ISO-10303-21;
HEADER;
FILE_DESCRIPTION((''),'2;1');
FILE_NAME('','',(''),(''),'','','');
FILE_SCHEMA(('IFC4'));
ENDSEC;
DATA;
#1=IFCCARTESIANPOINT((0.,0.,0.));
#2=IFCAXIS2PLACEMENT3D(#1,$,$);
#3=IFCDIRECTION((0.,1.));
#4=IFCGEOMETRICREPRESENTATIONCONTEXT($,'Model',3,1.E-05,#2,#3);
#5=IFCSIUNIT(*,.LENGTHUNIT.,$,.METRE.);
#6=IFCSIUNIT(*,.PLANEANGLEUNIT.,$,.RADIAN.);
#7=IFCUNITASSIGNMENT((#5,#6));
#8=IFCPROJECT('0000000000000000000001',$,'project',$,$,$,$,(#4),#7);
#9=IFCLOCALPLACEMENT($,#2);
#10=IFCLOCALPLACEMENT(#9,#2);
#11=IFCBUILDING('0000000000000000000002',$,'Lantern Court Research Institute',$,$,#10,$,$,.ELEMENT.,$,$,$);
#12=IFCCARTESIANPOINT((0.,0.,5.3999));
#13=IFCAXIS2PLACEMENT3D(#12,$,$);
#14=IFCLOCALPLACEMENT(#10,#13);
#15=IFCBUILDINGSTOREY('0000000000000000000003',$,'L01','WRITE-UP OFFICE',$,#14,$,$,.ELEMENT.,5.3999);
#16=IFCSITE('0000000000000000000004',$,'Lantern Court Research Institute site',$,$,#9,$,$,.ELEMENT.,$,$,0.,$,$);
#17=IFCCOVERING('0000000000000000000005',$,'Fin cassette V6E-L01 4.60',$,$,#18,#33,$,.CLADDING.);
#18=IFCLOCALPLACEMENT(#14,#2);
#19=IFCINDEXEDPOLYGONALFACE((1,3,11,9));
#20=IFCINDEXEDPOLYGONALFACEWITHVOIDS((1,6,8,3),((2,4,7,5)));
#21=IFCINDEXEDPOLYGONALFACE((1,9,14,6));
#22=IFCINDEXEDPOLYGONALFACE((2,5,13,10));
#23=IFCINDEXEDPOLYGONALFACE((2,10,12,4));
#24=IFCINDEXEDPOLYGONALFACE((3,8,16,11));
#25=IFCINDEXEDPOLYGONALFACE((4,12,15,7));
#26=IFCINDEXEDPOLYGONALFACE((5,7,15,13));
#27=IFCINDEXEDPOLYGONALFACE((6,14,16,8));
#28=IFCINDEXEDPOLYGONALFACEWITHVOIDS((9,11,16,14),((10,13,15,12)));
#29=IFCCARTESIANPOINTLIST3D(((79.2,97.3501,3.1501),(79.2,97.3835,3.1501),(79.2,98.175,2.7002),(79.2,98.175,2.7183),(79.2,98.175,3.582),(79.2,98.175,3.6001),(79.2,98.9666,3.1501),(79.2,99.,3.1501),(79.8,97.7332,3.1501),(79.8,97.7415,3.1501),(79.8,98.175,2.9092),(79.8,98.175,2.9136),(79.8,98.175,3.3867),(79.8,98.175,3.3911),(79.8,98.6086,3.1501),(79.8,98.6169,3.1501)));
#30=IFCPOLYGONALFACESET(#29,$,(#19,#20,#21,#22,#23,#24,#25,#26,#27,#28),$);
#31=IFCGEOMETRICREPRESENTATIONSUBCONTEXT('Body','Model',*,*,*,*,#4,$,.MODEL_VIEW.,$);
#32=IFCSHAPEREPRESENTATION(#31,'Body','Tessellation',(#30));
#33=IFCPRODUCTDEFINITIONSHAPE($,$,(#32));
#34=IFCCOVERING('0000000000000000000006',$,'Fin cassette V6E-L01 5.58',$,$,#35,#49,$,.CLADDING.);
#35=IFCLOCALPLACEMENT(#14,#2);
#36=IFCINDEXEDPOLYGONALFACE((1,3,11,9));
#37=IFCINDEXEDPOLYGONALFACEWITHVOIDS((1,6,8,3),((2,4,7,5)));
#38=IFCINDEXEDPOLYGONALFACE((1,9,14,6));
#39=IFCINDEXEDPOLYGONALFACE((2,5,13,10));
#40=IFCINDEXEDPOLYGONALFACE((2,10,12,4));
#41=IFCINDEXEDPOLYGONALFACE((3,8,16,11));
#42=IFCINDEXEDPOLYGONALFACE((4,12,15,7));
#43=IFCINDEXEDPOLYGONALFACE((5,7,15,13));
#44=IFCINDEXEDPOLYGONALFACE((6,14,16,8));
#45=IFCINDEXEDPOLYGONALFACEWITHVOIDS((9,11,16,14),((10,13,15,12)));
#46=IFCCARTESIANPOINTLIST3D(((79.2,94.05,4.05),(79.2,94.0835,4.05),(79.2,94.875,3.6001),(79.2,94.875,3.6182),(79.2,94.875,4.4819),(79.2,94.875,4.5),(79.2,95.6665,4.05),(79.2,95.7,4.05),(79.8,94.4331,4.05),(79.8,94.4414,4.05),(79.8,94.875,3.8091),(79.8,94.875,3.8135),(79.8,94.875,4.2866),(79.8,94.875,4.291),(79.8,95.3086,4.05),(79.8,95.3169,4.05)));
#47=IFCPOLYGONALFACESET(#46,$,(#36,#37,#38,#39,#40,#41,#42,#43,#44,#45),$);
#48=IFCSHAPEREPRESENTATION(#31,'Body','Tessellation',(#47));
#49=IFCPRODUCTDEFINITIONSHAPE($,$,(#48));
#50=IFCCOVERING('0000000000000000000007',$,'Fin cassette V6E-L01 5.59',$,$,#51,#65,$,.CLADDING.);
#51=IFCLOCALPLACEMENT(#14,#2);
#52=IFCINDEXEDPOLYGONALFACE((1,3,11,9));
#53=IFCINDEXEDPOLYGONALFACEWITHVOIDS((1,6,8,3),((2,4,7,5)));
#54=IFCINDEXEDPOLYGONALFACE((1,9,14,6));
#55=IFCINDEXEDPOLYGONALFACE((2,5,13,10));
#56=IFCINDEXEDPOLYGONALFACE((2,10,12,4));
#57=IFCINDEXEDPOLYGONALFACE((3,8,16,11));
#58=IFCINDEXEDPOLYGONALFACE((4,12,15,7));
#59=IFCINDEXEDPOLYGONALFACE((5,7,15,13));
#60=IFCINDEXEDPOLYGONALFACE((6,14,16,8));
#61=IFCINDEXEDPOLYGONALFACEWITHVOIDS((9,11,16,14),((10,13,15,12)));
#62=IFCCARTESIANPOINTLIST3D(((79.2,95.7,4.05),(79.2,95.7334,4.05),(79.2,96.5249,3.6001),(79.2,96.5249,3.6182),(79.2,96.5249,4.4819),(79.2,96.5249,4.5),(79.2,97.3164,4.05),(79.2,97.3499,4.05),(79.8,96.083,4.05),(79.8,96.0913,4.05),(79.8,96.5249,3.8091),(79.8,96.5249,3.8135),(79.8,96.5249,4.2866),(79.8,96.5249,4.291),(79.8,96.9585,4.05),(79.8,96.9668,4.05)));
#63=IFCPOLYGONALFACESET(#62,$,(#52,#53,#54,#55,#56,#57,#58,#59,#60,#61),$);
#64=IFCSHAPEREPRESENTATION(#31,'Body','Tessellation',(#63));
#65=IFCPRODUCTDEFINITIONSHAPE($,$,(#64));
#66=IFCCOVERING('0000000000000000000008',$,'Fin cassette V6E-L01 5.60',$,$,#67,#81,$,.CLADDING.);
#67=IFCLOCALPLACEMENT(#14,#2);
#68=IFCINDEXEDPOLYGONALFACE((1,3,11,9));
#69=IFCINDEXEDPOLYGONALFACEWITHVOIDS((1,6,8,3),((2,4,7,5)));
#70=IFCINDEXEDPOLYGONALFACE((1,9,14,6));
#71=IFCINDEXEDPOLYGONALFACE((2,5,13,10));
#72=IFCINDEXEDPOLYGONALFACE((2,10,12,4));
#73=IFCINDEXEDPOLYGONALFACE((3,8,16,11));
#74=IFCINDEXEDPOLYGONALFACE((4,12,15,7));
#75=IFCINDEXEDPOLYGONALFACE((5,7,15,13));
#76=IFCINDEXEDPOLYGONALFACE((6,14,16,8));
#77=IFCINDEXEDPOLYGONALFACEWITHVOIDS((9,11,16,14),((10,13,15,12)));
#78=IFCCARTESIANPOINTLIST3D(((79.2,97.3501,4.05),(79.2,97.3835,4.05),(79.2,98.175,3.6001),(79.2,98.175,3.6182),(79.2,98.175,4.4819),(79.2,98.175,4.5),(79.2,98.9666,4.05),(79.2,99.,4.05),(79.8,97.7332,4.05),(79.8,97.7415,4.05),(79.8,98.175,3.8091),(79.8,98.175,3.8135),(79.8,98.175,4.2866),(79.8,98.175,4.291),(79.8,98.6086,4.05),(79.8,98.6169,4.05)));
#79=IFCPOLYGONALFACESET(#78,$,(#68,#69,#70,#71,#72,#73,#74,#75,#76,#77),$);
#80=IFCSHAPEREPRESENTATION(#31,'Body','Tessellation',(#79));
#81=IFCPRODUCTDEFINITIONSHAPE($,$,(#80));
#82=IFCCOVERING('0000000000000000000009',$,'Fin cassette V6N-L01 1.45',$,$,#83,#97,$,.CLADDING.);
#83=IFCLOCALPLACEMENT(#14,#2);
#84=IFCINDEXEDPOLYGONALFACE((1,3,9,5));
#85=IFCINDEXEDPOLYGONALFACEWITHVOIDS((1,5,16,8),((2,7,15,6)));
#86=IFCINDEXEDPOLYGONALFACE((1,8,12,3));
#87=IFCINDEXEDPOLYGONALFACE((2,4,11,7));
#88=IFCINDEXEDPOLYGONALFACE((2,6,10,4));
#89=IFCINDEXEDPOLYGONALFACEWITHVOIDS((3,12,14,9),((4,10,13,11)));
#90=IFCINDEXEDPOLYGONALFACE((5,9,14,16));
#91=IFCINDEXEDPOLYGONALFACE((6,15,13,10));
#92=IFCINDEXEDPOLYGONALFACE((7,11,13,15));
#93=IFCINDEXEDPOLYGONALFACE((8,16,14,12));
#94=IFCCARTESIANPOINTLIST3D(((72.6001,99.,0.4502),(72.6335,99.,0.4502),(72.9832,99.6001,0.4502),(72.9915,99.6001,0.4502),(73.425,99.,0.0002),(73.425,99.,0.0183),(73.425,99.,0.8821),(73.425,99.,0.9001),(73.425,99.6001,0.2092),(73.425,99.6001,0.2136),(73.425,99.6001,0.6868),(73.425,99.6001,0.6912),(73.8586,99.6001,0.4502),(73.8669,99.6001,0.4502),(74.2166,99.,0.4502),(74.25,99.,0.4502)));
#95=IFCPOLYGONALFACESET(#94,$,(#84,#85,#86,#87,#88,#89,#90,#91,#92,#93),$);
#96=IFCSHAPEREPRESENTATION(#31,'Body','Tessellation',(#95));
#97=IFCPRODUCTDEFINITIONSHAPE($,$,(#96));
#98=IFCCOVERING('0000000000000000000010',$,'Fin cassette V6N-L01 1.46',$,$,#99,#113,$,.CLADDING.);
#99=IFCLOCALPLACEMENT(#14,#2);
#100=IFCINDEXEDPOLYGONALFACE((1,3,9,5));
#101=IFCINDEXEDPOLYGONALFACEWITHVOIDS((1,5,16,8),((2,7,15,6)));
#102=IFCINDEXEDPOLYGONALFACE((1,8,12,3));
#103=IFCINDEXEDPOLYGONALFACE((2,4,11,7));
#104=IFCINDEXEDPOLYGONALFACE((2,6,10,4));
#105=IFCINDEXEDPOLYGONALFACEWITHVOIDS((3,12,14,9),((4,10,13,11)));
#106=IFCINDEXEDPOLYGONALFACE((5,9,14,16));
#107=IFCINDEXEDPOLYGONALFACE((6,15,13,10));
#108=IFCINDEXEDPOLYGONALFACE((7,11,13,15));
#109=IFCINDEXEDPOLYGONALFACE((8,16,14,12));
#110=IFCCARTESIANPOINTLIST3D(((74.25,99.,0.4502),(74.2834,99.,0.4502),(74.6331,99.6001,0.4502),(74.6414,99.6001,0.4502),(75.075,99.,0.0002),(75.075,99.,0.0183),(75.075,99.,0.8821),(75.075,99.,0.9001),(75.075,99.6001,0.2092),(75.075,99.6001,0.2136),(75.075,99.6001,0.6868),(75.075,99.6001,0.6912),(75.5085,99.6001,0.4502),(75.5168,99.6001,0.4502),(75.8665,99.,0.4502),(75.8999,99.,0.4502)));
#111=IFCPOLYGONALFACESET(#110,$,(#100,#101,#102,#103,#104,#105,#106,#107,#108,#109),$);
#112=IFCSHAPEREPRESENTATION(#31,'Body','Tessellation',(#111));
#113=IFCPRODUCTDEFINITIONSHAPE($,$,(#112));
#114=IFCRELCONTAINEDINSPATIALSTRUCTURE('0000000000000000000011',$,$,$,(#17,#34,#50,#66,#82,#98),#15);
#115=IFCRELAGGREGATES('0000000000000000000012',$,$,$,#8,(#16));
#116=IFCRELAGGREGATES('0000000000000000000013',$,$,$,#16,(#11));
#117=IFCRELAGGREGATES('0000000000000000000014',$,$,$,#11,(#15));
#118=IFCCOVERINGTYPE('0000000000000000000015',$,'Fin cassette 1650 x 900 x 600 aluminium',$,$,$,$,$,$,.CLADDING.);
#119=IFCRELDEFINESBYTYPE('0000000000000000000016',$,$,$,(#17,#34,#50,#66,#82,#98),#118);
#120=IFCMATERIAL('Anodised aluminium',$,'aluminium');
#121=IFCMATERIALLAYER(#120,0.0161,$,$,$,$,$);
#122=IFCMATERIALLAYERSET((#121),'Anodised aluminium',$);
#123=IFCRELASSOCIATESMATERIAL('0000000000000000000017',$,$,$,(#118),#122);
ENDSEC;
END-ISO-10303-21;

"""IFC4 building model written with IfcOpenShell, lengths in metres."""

from ifc_helpers import new_model, entity, si_unit, direction, frame, origin, place, context, subcontext, project, spatial, material, layer, layer_set, type_object, element, save


model = new_model("IFC4")

# Units and contexts
model_context = context("Model", 3, precision=1e-05, world=origin(), true_north=direction((0.0, 1.0)))
body_context = subcontext(model_context, "Body", "Model", "MODEL_VIEW")
ifc_project = project(units=[si_unit("LENGTHUNIT", "METRE"), si_unit("PLANEANGLEUNIT", "RADIAN")], contexts=[model_context])

# Site, building, storey
site_placement = place(None, origin())
site = spatial("IfcSite", under=ifc_project, at=site_placement, Name="Lantern Court Research Institute site", CompositionType="ELEMENT", RefElevation=0.0)
building_placement = place(site_placement, origin())
building = spatial("IfcBuilding", under=site, at=building_placement, Name="Lantern Court Research Institute", CompositionType="ELEMENT")
storey_placement = place(building_placement, frame((0.0, 0.0, 5.3999)))
storey = spatial("IfcBuildingStorey", under=building, at=storey_placement, Name="L01", Description="WRITE-UP OFFICE", CompositionType="ELEMENT", Elevation=5.3999)

# Coverings
ifc_material_1 = material(Name="Anodised aluminium", Category="aluminium")
ifc_layer_1 = layer(ifc_material_1, 0.0161)
ifc_layer_set_1 = layer_set([ifc_layer_1], Name="Anodised aluminium")
covering_type = type_object("IfcCoveringType", Name="Fin cassette 1650 x 900 x 600 aluminium", PredefinedType="CLADDING", material=ifc_layer_set_1)
covering_1_placement = place(storey_placement, frame((79.2, 98.175, 3.1501), z_axis=(1.0, 0.0, 0.0), x_axis=(0.0, 1.0, 0.0)))
cartesian_point_1 = entity("IfcCartesianPoint", [0.825, 0.0])
cartesian_point_2 = entity("IfcCartesianPoint", [0.7915, 0.0])
cartesian_point_3 = entity("IfcCartesianPoint", [0.4419, 0.0])
cartesian_point_4 = entity("IfcCartesianPoint", [0.4336, 0.0])
element("IfcCovering", 1, at=covering_1_placement, inside=storey, type_object=covering_type, Name="Fin cassette V6E-L01 4.60", PredefinedType="CLADDING", context=body_context, shape_type="SweptSolid", body=[
    entity("IfcExtrudedAreaSolidTapered", entity("IfcArbitraryProfileDefWithVoids", "AREA", None, entity("IfcPolyline", [cartesian_point_1, entity("IfcCartesianPoint", [0.0, 0.45]), entity("IfcCartesianPoint", [-0.825, 0.0]), entity("IfcCartesianPoint", [0.0, -0.45]), cartesian_point_1]), [entity("IfcPolyline", [cartesian_point_2, entity("IfcCartesianPoint", [0.0, 0.4319]), entity("IfcCartesianPoint", [-0.7915, 0.0]), entity("IfcCartesianPoint", [0.0, -0.4319]), cartesian_point_2])]), entity("IfcAxis2Placement3D", entity("IfcCartesianPoint", [0.0, 0.0, 0.0])), entity("IfcDirection", [0.0, 0.0, 1.0]), 0.6001, entity("IfcArbitraryProfileDefWithVoids", "AREA", None, entity("IfcPolyline", [cartesian_point_3, entity("IfcCartesianPoint", [0.0, 0.241]), entity("IfcCartesianPoint", [-0.4419, 0.0]), entity("IfcCartesianPoint", [0.0, -0.241]), cartesian_point_3]), [entity("IfcPolyline", [cartesian_point_4, entity("IfcCartesianPoint", [0.0, 0.2366]), entity("IfcCartesianPoint", [-0.4336, 0.0]), entity("IfcCartesianPoint", [0.0, -0.2366]), cartesian_point_4])])),
])
covering_2_placement = place(storey_placement, frame((79.2, 94.875, 4.05), z_axis=(1.0, 0.0, 0.0), x_axis=(0.0, 1.0, 0.0)))
cartesian_point_5 = entity("IfcCartesianPoint", [0.825, 0.0])
cartesian_point_6 = entity("IfcCartesianPoint", [0.7915, 0.0])
cartesian_point_7 = entity("IfcCartesianPoint", [0.4419, 0.0])
cartesian_point_8 = entity("IfcCartesianPoint", [0.4336, 0.0])
element("IfcCovering", 2, at=covering_2_placement, inside=storey, type_object=covering_type, Name="Fin cassette V6E-L01 5.58", PredefinedType="CLADDING", context=body_context, shape_type="SweptSolid", body=[
    entity("IfcExtrudedAreaSolidTapered", entity("IfcArbitraryProfileDefWithVoids", "AREA", None, entity("IfcPolyline", [cartesian_point_5, entity("IfcCartesianPoint", [0.0, 0.45]), entity("IfcCartesianPoint", [-0.825, 0.0]), entity("IfcCartesianPoint", [0.0, -0.45]), cartesian_point_5]), [entity("IfcPolyline", [cartesian_point_6, entity("IfcCartesianPoint", [0.0, 0.4319]), entity("IfcCartesianPoint", [-0.7915, 0.0]), entity("IfcCartesianPoint", [0.0, -0.4319]), cartesian_point_6])]), entity("IfcAxis2Placement3D", entity("IfcCartesianPoint", [0.0, 0.0, 0.0])), entity("IfcDirection", [0.0, 0.0, 1.0]), 0.6001, entity("IfcArbitraryProfileDefWithVoids", "AREA", None, entity("IfcPolyline", [cartesian_point_7, entity("IfcCartesianPoint", [0.0, 0.241]), entity("IfcCartesianPoint", [-0.4419, 0.0]), entity("IfcCartesianPoint", [0.0, -0.241]), cartesian_point_7]), [entity("IfcPolyline", [cartesian_point_8, entity("IfcCartesianPoint", [0.0, 0.2366]), entity("IfcCartesianPoint", [-0.4336, 0.0]), entity("IfcCartesianPoint", [0.0, -0.2366]), cartesian_point_8])])),
])
covering_3_placement = place(storey_placement, frame((79.2, 96.5249, 4.05), z_axis=(1.0, 0.0, 0.0), x_axis=(0.0, 1.0, 0.0)))
cartesian_point_9 = entity("IfcCartesianPoint", [0.825, 0.0])
cartesian_point_10 = entity("IfcCartesianPoint", [0.7915, 0.0])
cartesian_point_11 = entity("IfcCartesianPoint", [0.4419, 0.0])
cartesian_point_12 = entity("IfcCartesianPoint", [0.4336, 0.0])
element("IfcCovering", 3, at=covering_3_placement, inside=storey, type_object=covering_type, Name="Fin cassette V6E-L01 5.59", PredefinedType="CLADDING", context=body_context, shape_type="SweptSolid", body=[
    entity("IfcExtrudedAreaSolidTapered", entity("IfcArbitraryProfileDefWithVoids", "AREA", None, entity("IfcPolyline", [cartesian_point_9, entity("IfcCartesianPoint", [0.0, 0.45]), entity("IfcCartesianPoint", [-0.825, 0.0]), entity("IfcCartesianPoint", [0.0, -0.45]), cartesian_point_9]), [entity("IfcPolyline", [cartesian_point_10, entity("IfcCartesianPoint", [0.0, 0.4319]), entity("IfcCartesianPoint", [-0.7915, 0.0]), entity("IfcCartesianPoint", [0.0, -0.4319]), cartesian_point_10])]), entity("IfcAxis2Placement3D", entity("IfcCartesianPoint", [0.0, 0.0, 0.0])), entity("IfcDirection", [0.0, 0.0, 1.0]), 0.6001, entity("IfcArbitraryProfileDefWithVoids", "AREA", None, entity("IfcPolyline", [cartesian_point_11, entity("IfcCartesianPoint", [0.0, 0.241]), entity("IfcCartesianPoint", [-0.4419, 0.0]), entity("IfcCartesianPoint", [0.0, -0.241]), cartesian_point_11]), [entity("IfcPolyline", [cartesian_point_12, entity("IfcCartesianPoint", [0.0, 0.2366]), entity("IfcCartesianPoint", [-0.4336, 0.0]), entity("IfcCartesianPoint", [0.0, -0.2366]), cartesian_point_12])])),
])
covering_4_placement = place(storey_placement, frame((79.2, 98.175, 4.05), z_axis=(1.0, 0.0, 0.0), x_axis=(0.0, 1.0, 0.0)))
cartesian_point_13 = entity("IfcCartesianPoint", [0.825, 0.0])
cartesian_point_14 = entity("IfcCartesianPoint", [0.7915, 0.0])
cartesian_point_15 = entity("IfcCartesianPoint", [0.4419, 0.0])
cartesian_point_16 = entity("IfcCartesianPoint", [0.4336, 0.0])
element("IfcCovering", 4, at=covering_4_placement, inside=storey, type_object=covering_type, Name="Fin cassette V6E-L01 5.60", PredefinedType="CLADDING", context=body_context, shape_type="SweptSolid", body=[
    entity("IfcExtrudedAreaSolidTapered", entity("IfcArbitraryProfileDefWithVoids", "AREA", None, entity("IfcPolyline", [cartesian_point_13, entity("IfcCartesianPoint", [0.0, 0.45]), entity("IfcCartesianPoint", [-0.825, 0.0]), entity("IfcCartesianPoint", [0.0, -0.45]), cartesian_point_13]), [entity("IfcPolyline", [cartesian_point_14, entity("IfcCartesianPoint", [0.0, 0.4319]), entity("IfcCartesianPoint", [-0.7915, 0.0]), entity("IfcCartesianPoint", [0.0, -0.4319]), cartesian_point_14])]), entity("IfcAxis2Placement3D", entity("IfcCartesianPoint", [0.0, 0.0, 0.0])), entity("IfcDirection", [0.0, 0.0, 1.0]), 0.6001, entity("IfcArbitraryProfileDefWithVoids", "AREA", None, entity("IfcPolyline", [cartesian_point_15, entity("IfcCartesianPoint", [0.0, 0.241]), entity("IfcCartesianPoint", [-0.4419, 0.0]), entity("IfcCartesianPoint", [0.0, -0.241]), cartesian_point_15]), [entity("IfcPolyline", [cartesian_point_16, entity("IfcCartesianPoint", [0.0, 0.2366]), entity("IfcCartesianPoint", [-0.4336, 0.0]), entity("IfcCartesianPoint", [0.0, -0.2366]), cartesian_point_16])])),
])
covering_5_placement = place(storey_placement, frame((73.425, 99.0, 0.4502), z_axis=(0.0, 1.0, 0.0), x_axis=(-1.0, 0.0, 0.0)))
cartesian_point_17 = entity("IfcCartesianPoint", [0.825, 0.0])
cartesian_point_18 = entity("IfcCartesianPoint", [0.7915, 0.0])
cartesian_point_19 = entity("IfcCartesianPoint", [0.4419, 0.0])
cartesian_point_20 = entity("IfcCartesianPoint", [0.4336, 0.0])
element("IfcCovering", 5, at=covering_5_placement, inside=storey, type_object=covering_type, Name="Fin cassette V6N-L01 1.45", PredefinedType="CLADDING", context=body_context, shape_type="SweptSolid", body=[
    entity("IfcExtrudedAreaSolidTapered", entity("IfcArbitraryProfileDefWithVoids", "AREA", None, entity("IfcPolyline", [cartesian_point_17, entity("IfcCartesianPoint", [0.0, 0.45]), entity("IfcCartesianPoint", [-0.825, 0.0]), entity("IfcCartesianPoint", [0.0, -0.45]), cartesian_point_17]), [entity("IfcPolyline", [cartesian_point_18, entity("IfcCartesianPoint", [0.0, 0.4319]), entity("IfcCartesianPoint", [-0.7915, 0.0]), entity("IfcCartesianPoint", [0.0, -0.4319]), cartesian_point_18])]), entity("IfcAxis2Placement3D", entity("IfcCartesianPoint", [0.0, 0.0, 0.0])), entity("IfcDirection", [0.0, 0.0, 1.0]), 0.6001, entity("IfcArbitraryProfileDefWithVoids", "AREA", None, entity("IfcPolyline", [cartesian_point_19, entity("IfcCartesianPoint", [0.0, 0.241]), entity("IfcCartesianPoint", [-0.4419, 0.0]), entity("IfcCartesianPoint", [0.0, -0.241]), cartesian_point_19]), [entity("IfcPolyline", [cartesian_point_20, entity("IfcCartesianPoint", [0.0, 0.2366]), entity("IfcCartesianPoint", [-0.4336, 0.0]), entity("IfcCartesianPoint", [0.0, -0.2366]), cartesian_point_20])])),
])
covering_6_placement = place(storey_placement, frame((75.075, 99.0, 0.4502), z_axis=(0.0, 1.0, 0.0), x_axis=(-1.0, 0.0, 0.0)))
cartesian_point_21 = entity("IfcCartesianPoint", [0.825, 0.0])
cartesian_point_22 = entity("IfcCartesianPoint", [0.7915, 0.0])
cartesian_point_23 = entity("IfcCartesianPoint", [0.4419, 0.0])
cartesian_point_24 = entity("IfcCartesianPoint", [0.4336, 0.0])
element("IfcCovering", 6, at=covering_6_placement, inside=storey, type_object=covering_type, Name="Fin cassette V6N-L01 1.46", PredefinedType="CLADDING", context=body_context, shape_type="SweptSolid", body=[
    entity("IfcExtrudedAreaSolidTapered", entity("IfcArbitraryProfileDefWithVoids", "AREA", None, entity("IfcPolyline", [cartesian_point_21, entity("IfcCartesianPoint", [0.0, 0.45]), entity("IfcCartesianPoint", [-0.825, 0.0]), entity("IfcCartesianPoint", [0.0, -0.45]), cartesian_point_21]), [entity("IfcPolyline", [cartesian_point_22, entity("IfcCartesianPoint", [0.0, 0.4319]), entity("IfcCartesianPoint", [-0.7915, 0.0]), entity("IfcCartesianPoint", [0.0, -0.4319]), cartesian_point_22])]), entity("IfcAxis2Placement3D", entity("IfcCartesianPoint", [0.0, 0.0, 0.0])), entity("IfcDirection", [0.0, 0.0, 1.0]), 0.6001, entity("IfcArbitraryProfileDefWithVoids", "AREA", None, entity("IfcPolyline", [cartesian_point_23, entity("IfcCartesianPoint", [0.0, 0.241]), entity("IfcCartesianPoint", [-0.4419, 0.0]), entity("IfcCartesianPoint", [0.0, -0.241]), cartesian_point_23]), [entity("IfcPolyline", [cartesian_point_24, entity("IfcCartesianPoint", [0.0, 0.2366]), entity("IfcCartesianPoint", [-0.4336, 0.0]), entity("IfcCartesianPoint", [0.0, -0.2366]), cartesian_point_24])])),
])

save(model, "model.ifc")
